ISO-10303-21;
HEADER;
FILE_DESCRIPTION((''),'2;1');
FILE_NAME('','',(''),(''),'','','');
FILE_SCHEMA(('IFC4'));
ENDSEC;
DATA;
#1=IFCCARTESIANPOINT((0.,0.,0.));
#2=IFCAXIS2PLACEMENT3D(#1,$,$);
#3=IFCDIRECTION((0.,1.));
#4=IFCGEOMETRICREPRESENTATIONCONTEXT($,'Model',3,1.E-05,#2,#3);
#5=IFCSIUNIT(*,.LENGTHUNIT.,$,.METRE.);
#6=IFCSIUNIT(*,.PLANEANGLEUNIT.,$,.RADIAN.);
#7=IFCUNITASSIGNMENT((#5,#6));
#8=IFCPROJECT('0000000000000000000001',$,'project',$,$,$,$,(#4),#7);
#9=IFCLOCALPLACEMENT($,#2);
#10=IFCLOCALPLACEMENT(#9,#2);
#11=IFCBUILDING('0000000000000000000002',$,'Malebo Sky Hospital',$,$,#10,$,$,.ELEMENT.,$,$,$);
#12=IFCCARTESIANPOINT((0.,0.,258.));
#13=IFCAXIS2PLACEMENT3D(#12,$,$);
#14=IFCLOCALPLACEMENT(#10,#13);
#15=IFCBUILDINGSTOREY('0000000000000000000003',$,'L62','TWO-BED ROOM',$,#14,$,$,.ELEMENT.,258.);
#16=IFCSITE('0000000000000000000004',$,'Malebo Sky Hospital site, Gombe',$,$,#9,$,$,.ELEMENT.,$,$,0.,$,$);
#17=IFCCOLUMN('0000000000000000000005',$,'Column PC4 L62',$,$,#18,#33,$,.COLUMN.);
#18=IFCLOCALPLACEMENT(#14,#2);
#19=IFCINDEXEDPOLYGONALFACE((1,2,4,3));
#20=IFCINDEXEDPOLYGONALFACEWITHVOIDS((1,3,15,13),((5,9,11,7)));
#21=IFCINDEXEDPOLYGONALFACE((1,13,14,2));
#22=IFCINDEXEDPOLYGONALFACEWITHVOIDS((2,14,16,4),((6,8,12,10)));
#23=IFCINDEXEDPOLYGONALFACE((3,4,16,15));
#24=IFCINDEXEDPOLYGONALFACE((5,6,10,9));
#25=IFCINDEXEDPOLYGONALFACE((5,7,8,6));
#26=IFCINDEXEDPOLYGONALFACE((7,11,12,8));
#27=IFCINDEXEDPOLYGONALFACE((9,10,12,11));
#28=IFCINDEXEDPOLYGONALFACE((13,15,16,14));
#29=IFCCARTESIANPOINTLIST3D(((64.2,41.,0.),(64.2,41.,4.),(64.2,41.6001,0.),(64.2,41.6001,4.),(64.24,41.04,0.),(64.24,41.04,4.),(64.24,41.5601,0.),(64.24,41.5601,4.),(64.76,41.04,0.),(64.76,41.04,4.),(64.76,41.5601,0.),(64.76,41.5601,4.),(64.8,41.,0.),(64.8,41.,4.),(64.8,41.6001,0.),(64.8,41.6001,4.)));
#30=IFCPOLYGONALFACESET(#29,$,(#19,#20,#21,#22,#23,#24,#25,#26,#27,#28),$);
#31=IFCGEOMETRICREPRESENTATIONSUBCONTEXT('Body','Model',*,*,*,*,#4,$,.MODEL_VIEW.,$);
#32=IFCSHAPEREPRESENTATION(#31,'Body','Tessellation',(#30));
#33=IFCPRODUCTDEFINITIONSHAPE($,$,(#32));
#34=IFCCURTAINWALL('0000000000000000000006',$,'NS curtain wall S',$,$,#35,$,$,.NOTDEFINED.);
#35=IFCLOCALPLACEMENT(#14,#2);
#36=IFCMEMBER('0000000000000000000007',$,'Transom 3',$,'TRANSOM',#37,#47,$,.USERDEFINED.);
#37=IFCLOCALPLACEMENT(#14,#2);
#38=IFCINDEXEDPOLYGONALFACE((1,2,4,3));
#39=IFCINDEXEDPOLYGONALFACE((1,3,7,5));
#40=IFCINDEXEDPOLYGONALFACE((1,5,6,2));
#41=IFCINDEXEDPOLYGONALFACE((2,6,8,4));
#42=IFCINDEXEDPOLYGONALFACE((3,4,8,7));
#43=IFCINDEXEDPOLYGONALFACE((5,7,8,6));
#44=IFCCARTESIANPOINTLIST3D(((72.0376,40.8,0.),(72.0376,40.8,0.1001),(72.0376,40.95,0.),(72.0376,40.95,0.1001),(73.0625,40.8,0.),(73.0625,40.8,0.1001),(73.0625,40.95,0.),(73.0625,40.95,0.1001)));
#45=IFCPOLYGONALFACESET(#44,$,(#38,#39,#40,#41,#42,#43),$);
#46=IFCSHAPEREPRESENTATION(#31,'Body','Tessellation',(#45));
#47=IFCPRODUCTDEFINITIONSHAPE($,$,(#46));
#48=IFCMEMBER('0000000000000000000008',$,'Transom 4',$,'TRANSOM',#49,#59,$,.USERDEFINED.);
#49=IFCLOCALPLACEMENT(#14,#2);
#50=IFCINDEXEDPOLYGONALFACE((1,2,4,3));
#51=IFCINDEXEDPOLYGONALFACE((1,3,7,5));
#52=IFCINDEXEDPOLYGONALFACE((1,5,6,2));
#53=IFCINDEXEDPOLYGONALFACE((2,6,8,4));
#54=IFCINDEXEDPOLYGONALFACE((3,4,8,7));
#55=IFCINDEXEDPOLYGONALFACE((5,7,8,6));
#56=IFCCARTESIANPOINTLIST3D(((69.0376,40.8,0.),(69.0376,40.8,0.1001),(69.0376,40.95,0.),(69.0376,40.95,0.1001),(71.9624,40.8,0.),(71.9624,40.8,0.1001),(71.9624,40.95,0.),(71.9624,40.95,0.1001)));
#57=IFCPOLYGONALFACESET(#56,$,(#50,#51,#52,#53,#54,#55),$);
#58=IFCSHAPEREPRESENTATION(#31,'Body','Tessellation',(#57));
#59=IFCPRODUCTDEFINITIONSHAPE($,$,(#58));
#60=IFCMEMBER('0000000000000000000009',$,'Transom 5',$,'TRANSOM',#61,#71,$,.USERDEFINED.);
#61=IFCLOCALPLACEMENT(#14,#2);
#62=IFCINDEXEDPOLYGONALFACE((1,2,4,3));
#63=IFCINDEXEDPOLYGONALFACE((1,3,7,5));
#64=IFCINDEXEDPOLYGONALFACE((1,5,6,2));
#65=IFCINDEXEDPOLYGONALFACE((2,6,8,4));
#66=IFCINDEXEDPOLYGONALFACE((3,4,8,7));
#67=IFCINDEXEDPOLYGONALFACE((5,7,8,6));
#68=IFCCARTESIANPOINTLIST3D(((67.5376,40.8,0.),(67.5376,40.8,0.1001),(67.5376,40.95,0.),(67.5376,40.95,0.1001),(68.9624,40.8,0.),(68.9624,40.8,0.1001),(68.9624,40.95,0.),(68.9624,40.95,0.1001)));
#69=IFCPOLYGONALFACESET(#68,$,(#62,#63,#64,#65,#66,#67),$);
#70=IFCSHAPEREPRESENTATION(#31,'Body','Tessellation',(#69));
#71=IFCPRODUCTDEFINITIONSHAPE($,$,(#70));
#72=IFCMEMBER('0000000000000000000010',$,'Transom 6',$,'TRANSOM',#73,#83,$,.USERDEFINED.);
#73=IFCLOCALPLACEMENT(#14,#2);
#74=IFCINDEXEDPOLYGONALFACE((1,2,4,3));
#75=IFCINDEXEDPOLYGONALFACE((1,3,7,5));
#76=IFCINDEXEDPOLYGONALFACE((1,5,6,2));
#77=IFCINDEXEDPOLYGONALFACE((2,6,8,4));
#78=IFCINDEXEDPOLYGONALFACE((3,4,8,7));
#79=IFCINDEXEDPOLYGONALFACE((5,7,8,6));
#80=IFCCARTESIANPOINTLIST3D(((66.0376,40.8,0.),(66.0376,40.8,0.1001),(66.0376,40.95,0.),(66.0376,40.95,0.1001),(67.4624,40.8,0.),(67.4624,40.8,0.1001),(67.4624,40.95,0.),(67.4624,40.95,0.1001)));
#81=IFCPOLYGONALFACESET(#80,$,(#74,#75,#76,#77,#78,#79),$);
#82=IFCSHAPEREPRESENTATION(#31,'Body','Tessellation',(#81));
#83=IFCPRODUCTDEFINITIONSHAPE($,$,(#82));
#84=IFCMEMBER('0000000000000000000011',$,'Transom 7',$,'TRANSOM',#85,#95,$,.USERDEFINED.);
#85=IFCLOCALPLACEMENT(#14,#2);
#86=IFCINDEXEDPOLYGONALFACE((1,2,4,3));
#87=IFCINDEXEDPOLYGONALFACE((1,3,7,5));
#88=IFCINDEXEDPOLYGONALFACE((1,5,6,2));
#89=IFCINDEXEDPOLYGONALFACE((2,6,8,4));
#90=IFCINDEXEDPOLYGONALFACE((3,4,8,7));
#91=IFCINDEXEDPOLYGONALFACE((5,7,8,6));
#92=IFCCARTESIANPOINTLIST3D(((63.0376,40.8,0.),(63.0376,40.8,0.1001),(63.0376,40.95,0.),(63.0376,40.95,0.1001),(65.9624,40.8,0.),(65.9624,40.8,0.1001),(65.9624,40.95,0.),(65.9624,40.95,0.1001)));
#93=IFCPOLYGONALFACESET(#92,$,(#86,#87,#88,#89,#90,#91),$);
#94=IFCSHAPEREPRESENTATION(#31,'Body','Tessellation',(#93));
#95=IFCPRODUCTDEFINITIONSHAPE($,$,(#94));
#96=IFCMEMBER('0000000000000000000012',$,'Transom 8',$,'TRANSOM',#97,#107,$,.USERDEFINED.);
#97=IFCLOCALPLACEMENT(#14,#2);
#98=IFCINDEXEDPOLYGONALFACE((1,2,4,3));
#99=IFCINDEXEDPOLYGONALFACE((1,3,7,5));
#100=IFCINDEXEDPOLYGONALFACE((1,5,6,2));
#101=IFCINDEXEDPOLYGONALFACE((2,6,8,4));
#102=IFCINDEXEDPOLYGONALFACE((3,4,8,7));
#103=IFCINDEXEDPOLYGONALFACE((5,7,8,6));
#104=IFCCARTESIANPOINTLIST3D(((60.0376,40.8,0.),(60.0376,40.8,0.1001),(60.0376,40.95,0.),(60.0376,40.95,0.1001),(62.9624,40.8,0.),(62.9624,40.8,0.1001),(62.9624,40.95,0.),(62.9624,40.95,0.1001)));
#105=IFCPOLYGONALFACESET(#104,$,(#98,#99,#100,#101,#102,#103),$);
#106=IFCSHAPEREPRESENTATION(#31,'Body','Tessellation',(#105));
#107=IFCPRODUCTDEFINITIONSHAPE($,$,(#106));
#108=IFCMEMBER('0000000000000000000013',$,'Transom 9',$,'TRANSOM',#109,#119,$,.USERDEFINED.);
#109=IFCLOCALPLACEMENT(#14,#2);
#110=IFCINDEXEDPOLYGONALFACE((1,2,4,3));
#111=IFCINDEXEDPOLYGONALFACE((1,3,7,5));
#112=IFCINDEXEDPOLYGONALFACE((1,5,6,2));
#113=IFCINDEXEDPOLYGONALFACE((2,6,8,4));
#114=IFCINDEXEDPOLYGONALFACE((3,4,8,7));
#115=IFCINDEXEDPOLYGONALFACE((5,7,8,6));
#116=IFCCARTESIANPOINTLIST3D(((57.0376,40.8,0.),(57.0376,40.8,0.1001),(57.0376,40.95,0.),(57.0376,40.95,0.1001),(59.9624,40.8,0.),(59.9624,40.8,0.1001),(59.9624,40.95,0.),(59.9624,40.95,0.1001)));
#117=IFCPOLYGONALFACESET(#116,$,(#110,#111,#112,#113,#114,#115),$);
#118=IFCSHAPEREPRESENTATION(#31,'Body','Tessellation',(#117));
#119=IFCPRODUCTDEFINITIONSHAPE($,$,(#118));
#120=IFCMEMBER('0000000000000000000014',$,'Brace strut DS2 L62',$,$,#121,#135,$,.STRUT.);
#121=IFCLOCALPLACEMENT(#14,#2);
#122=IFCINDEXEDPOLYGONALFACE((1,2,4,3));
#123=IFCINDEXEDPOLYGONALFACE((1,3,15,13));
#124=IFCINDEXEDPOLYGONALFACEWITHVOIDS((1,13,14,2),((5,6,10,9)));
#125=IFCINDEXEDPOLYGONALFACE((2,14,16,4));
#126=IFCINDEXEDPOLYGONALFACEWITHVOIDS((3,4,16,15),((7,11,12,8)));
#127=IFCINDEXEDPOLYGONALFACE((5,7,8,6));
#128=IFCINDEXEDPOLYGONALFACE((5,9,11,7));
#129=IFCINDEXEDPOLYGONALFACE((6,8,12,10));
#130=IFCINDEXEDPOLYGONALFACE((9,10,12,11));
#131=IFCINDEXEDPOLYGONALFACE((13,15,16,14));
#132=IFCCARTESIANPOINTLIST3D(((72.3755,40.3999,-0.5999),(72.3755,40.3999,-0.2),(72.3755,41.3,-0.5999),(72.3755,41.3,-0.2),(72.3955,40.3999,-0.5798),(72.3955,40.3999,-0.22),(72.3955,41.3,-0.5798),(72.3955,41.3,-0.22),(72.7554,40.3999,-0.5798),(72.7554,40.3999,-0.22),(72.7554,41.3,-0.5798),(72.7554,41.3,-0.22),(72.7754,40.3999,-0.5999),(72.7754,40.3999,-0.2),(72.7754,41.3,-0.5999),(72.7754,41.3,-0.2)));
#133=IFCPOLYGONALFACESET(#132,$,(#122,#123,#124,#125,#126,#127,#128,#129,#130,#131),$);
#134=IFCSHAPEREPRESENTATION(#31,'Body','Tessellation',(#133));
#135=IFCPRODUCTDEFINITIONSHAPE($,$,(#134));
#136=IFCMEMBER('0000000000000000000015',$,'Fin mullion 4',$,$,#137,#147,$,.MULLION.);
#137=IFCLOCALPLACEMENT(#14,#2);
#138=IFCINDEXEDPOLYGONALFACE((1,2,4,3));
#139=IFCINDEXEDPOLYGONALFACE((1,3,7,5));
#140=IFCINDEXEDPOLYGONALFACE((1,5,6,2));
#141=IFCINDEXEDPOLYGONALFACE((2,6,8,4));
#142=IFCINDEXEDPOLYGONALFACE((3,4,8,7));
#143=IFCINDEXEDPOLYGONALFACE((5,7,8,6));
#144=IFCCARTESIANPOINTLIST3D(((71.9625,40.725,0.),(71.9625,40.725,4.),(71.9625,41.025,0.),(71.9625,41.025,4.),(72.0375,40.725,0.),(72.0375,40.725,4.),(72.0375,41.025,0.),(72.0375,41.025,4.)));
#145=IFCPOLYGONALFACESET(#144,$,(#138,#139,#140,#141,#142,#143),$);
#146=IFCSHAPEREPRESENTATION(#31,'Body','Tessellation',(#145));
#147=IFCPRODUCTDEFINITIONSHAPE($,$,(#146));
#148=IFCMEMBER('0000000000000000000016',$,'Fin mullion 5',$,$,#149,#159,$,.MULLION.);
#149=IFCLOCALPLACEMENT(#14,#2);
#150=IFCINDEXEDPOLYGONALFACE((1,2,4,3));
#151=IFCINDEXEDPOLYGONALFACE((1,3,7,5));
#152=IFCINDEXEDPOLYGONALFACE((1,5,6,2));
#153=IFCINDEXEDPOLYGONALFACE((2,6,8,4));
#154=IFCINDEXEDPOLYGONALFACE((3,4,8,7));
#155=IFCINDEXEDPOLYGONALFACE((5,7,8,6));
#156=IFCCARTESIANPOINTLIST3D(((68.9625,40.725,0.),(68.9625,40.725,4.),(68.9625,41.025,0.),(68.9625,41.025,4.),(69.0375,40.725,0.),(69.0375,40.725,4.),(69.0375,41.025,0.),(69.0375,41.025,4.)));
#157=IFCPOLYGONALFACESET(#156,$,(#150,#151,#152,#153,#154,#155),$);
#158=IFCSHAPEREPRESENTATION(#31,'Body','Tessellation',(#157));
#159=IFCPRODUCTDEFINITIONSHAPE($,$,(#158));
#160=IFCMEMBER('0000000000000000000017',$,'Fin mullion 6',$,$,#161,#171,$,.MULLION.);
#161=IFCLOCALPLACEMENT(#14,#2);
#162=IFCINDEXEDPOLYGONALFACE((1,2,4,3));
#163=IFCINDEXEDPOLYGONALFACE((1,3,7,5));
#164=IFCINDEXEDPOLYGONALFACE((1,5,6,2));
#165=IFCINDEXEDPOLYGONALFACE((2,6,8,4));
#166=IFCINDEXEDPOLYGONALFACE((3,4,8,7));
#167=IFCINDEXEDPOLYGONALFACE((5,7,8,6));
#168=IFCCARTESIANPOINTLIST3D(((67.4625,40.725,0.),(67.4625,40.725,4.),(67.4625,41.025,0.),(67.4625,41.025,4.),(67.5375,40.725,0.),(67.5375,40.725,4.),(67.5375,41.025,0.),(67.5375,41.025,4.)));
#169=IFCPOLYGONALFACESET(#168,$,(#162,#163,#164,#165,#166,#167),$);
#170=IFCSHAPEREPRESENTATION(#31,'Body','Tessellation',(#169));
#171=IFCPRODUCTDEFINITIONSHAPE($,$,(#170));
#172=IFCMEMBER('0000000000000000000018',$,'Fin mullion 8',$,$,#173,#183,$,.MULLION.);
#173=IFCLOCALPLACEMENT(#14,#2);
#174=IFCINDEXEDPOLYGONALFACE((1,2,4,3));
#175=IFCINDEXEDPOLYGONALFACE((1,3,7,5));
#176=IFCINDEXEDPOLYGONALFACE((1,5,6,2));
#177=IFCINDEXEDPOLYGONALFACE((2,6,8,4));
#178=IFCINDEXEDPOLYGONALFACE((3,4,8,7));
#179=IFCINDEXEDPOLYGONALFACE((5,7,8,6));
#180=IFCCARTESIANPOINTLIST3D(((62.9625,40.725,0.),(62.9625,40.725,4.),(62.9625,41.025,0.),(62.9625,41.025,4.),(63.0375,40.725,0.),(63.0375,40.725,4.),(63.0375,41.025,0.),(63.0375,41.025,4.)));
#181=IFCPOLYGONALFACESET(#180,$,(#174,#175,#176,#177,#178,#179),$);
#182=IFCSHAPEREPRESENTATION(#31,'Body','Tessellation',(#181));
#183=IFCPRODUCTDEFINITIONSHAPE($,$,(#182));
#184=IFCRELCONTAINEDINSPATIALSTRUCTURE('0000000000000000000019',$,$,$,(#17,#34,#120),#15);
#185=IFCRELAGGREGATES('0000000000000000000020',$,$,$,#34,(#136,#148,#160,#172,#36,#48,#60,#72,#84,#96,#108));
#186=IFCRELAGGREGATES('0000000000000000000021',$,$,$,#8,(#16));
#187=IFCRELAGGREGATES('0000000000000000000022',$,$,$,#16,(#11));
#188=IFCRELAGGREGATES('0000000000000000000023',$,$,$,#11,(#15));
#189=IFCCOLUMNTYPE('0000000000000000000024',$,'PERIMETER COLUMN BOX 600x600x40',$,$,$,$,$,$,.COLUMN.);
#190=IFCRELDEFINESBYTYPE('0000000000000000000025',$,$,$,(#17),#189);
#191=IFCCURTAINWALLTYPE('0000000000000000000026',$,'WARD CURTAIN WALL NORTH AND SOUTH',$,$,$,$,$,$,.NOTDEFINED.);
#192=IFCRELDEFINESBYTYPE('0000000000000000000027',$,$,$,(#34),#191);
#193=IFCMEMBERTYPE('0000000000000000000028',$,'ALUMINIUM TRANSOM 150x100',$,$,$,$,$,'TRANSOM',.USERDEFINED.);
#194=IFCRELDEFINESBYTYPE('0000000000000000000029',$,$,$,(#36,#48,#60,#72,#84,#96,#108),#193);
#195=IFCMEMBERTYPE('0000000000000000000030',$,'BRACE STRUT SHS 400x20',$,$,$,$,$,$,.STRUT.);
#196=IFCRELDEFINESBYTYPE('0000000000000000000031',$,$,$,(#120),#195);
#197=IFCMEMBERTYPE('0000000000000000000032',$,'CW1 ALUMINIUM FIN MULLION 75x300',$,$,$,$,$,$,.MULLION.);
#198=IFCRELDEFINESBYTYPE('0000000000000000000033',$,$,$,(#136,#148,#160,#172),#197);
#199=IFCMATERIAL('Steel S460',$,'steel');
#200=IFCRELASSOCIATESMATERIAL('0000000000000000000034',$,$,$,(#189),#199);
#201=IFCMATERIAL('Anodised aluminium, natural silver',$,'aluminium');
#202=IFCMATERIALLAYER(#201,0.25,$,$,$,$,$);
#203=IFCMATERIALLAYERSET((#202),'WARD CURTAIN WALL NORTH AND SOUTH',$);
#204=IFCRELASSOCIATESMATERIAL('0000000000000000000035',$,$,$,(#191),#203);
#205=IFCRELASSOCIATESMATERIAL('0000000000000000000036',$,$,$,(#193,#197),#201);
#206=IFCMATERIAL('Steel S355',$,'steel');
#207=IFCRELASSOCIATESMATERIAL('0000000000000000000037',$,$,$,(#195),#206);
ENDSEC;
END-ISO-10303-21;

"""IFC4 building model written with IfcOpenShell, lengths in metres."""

from ifc_helpers import new_model, si_unit, direction, frame, origin, origin_2d, place, context, subcontext, project, spatial, rectangle, hollow_rectangle, extrude, material, layer, layer_set, material_profile, profile_set, type_object, element, aggregate, save


model = new_model("IFC4")

# Units and contexts
model_context = context("Model", 3, precision=1e-05, world=origin(), true_north=direction((0.0, 1.0)))
body_context = subcontext(model_context, "Body", "Model", "MODEL_VIEW")
ifc_project = project(units=[si_unit("LENGTHUNIT", "METRE"), si_unit("PLANEANGLEUNIT", "RADIAN")], contexts=[model_context])

# Site, building, storey
site_placement = place(None, origin())
site = spatial("IfcSite", under=ifc_project, at=site_placement, Name="Malebo Sky Hospital site, Gombe", CompositionType="ELEMENT", RefElevation=0.0)
building_placement = place(site_placement, origin())
building = spatial("IfcBuilding", under=site, at=building_placement, Name="Malebo Sky Hospital", CompositionType="ELEMENT")
storey_placement = place(building_placement, frame((0.0, 0.0, 258.0)))
storey = spatial("IfcBuildingStorey", under=building, at=storey_placement, Name="L62", Description="TWO-BED ROOM", CompositionType="ELEMENT", Elevation=258.0)

# Column
ifc_material_1 = material(Name="Steel S460", Category="steel")
ifc_material_profile_1 = material_profile(ifc_material_1, hollow_rectangle(XDim=0.6001, YDim=0.6001, WallThickness=0.04, at=origin_2d()), Name="BOX 600x600x40")
ifc_profile_set_1 = profile_set([ifc_material_profile_1], Name="Steel S460")
column_type = type_object("IfcColumnType", Name="PERIMETER COLUMN BOX 600x600x40", PredefinedType="COLUMN", material=ifc_profile_set_1)
column_placement = place(storey_placement, frame((64.5, 41.3, 0.0), z_axis=(0.0, 0.0, 1.0), x_axis=(1.0, 0.0, 0.0)))
element("IfcColumn", 1, at=column_placement, inside=storey, type_object=column_type, Name="Column PC4 L62", PredefinedType="COLUMN", context=body_context, shape_type="SweptSolid", body=[
    extrude(hollow_rectangle(XDim=0.6001, YDim=0.6001, WallThickness=0.04, at=origin_2d()), origin(), (0.0, 0.0, 1.0), 4.0),
])

# Curtain wall, members
ifc_material_2 = material(Name="Anodised aluminium, natural silver", Category="aluminium")
ifc_layer_1 = layer(ifc_material_2, 0.25)
ifc_layer_set_1 = layer_set([ifc_layer_1], Name="WARD CURTAIN WALL NORTH AND SOUTH")
curtain_wall_type = type_object("IfcCurtainWallType", Name="WARD CURTAIN WALL NORTH AND SOUTH", PredefinedType="NOTDEFINED", material=ifc_layer_set_1)
curtain_wall_placement = place(storey_placement, origin())
curtain_wall = element("IfcCurtainWall", 2, at=curtain_wall_placement, inside=storey, type_object=curtain_wall_type, Name="NS curtain wall S", PredefinedType="NOTDEFINED")
ifc_material_profile_2 = material_profile(ifc_material_2, rectangle(XDim=0.1499, YDim=0.1001, at=origin_2d()), Name="ALUMINIUM TRANSOM 150x100")
ifc_profile_set_2 = profile_set([ifc_material_profile_2], Name="Anodised aluminium, natural silver")
member_type_1 = type_object("IfcMemberType", Name="ALUMINIUM TRANSOM 150x100", ElementType="TRANSOM", PredefinedType="USERDEFINED", material=ifc_profile_set_2)
member_1_placement = place(storey_placement, frame((73.0625, 40.875, 0.05), z_axis=(-1.0, 0.0, 0.0), x_axis=(0.0, -1.0, 0.0)))
member_1 = element("IfcMember", 3, at=member_1_placement, type_object=member_type_1, Name="Transom 3", ObjectType="TRANSOM", PredefinedType="USERDEFINED", context=body_context, shape_type="SweptSolid", body=[
    extrude(rectangle(XDim=0.1499, YDim=0.1001, at=origin_2d()), origin(), (0.0, 0.0, 1.0), 1.0249),
])
member_2_placement = place(storey_placement, frame((71.9624, 40.875, 0.05), z_axis=(-1.0, 0.0, 0.0), x_axis=(0.0, -1.0, 0.0)))
member_2 = element("IfcMember", 4, at=member_2_placement, type_object=member_type_1, Name="Transom 4", ObjectType="TRANSOM", PredefinedType="USERDEFINED", context=body_context, shape_type="SweptSolid", body=[
    extrude(rectangle(XDim=0.1499, YDim=0.1001, at=origin_2d()), origin(), (0.0, 0.0, 1.0), 2.9248),
])
member_3_placement = place(storey_placement, frame((68.9624, 40.875, 0.05), z_axis=(-1.0, 0.0, 0.0), x_axis=(0.0, -1.0, 0.0)))
member_3 = element("IfcMember", 5, at=member_3_placement, type_object=member_type_1, Name="Transom 5", ObjectType="TRANSOM", PredefinedType="USERDEFINED", context=body_context, shape_type="SweptSolid", body=[
    extrude(rectangle(XDim=0.1499, YDim=0.1001, at=origin_2d()), origin(), (0.0, 0.0, 1.0), 1.4248),
])
member_4_placement = place(storey_placement, frame((67.4624, 40.875, 0.05), z_axis=(-1.0, 0.0, 0.0), x_axis=(0.0, -1.0, 0.0)))
member_4 = element("IfcMember", 6, at=member_4_placement, type_object=member_type_1, Name="Transom 6", ObjectType="TRANSOM", PredefinedType="USERDEFINED", context=body_context, shape_type="SweptSolid", body=[
    extrude(rectangle(XDim=0.1499, YDim=0.1001, at=origin_2d()), origin(), (0.0, 0.0, 1.0), 1.4248),
])
member_5_placement = place(storey_placement, frame((65.9624, 40.875, 0.05), z_axis=(-1.0, 0.0, 0.0), x_axis=(0.0, -1.0, 0.0)))
member_5 = element("IfcMember", 7, at=member_5_placement, type_object=member_type_1, Name="Transom 7", ObjectType="TRANSOM", PredefinedType="USERDEFINED", context=body_context, shape_type="SweptSolid", body=[
    extrude(rectangle(XDim=0.1499, YDim=0.1001, at=origin_2d()), origin(), (0.0, 0.0, 1.0), 2.9248),
])
member_6_placement = place(storey_placement, frame((62.9624, 40.875, 0.05), z_axis=(-1.0, 0.0, 0.0), x_axis=(0.0, -1.0, 0.0)))
member_6 = element("IfcMember", 8, at=member_6_placement, type_object=member_type_1, Name="Transom 8", ObjectType="TRANSOM", PredefinedType="USERDEFINED", context=body_context, shape_type="SweptSolid", body=[
    extrude(rectangle(XDim=0.1499, YDim=0.1001, at=origin_2d()), origin(), (0.0, 0.0, 1.0), 2.9248),
])
member_7_placement = place(storey_placement, frame((59.9624, 40.875, 0.05), z_axis=(-1.0, 0.0, 0.0), x_axis=(0.0, -1.0, 0.0)))
member_7 = element("IfcMember", 9, at=member_7_placement, type_object=member_type_1, Name="Transom 9", ObjectType="TRANSOM", PredefinedType="USERDEFINED", context=body_context, shape_type="SweptSolid", body=[
    extrude(rectangle(XDim=0.1499, YDim=0.1001, at=origin_2d()), origin(), (0.0, 0.0, 1.0), 2.9248),
])

# Members
ifc_material_3 = material(Name="Steel S355", Category="steel")
ifc_material_profile_3 = material_profile(ifc_material_3, hollow_rectangle(XDim=0.3999, YDim=0.3999, WallThickness=0.02, at=origin_2d()), Name="SHS 400x20")
ifc_profile_set_3 = profile_set([ifc_material_profile_3], Name="Steel S355")
member_type_2 = type_object("IfcMemberType", Name="BRACE STRUT SHS 400x20", PredefinedType="STRUT", material=ifc_profile_set_3)
member_8_placement = place(storey_placement, frame((72.5754, 40.3999, -0.3999), z_axis=(0.0, 1.0, 0.0), x_axis=(-1.0, 0.0, 0.0)))
element("IfcMember", 10, at=member_8_placement, inside=storey, type_object=member_type_2, Name="Brace strut DS2 L62", PredefinedType="STRUT", context=body_context, shape_type="SweptSolid", body=[
    extrude(hollow_rectangle(XDim=0.3999, YDim=0.3999, WallThickness=0.02, at=origin_2d()), origin(), (0.0, 0.0, 1.0), 0.9001),
])
ifc_material_profile_4 = material_profile(ifc_material_2, rectangle(XDim=0.075, YDim=0.3, at=origin_2d()), Name="CW1 ALUMINIUM FIN MULLION 75x300")
ifc_profile_set_4 = profile_set([ifc_material_profile_4], Name="Anodised aluminium, natural silver")
member_type_3 = type_object("IfcMemberType", Name="CW1 ALUMINIUM FIN MULLION 75x300", PredefinedType="MULLION", material=ifc_profile_set_4)
member_9_placement = place(storey_placement, frame((72.0, 40.875, 0.0), z_axis=(0.0, 0.0, 1.0), x_axis=(-1.0, 0.0, 0.0)))
member_9 = element("IfcMember", 11, at=member_9_placement, type_object=member_type_3, Name="Fin mullion 4", PredefinedType="MULLION", context=body_context, shape_type="SweptSolid", body=[
    extrude(rectangle(XDim=0.075, YDim=0.3, at=origin_2d()), origin(), (0.0, 0.0, 1.0), 4.0),
])
member_10_placement = place(storey_placement, frame((69.0, 40.875, 0.0), z_axis=(0.0, 0.0, 1.0), x_axis=(-1.0, 0.0, 0.0)))
member_10 = element("IfcMember", 12, at=member_10_placement, type_object=member_type_3, Name="Fin mullion 5", PredefinedType="MULLION", context=body_context, shape_type="SweptSolid", body=[
    extrude(rectangle(XDim=0.075, YDim=0.3, at=origin_2d()), origin(), (0.0, 0.0, 1.0), 4.0),
])
member_11_placement = place(storey_placement, frame((67.5, 40.875, 0.0), z_axis=(0.0, 0.0, 1.0), x_axis=(-1.0, 0.0, 0.0)))
member_11 = element("IfcMember", 13, at=member_11_placement, type_object=member_type_3, Name="Fin mullion 6", PredefinedType="MULLION", context=body_context, shape_type="SweptSolid", body=[
    extrude(rectangle(XDim=0.075, YDim=0.3, at=origin_2d()), origin(), (0.0, 0.0, 1.0), 4.0),
])
member_12_placement = place(storey_placement, frame((63.0, 40.875, 0.0), z_axis=(0.0, 0.0, 1.0), x_axis=(-1.0, 0.0, 0.0)))
member_12 = element("IfcMember", 14, at=member_12_placement, type_object=member_type_3, Name="Fin mullion 8", PredefinedType="MULLION", context=body_context, shape_type="SweptSolid", body=[
    extrude(rectangle(XDim=0.075, YDim=0.3, at=origin_2d()), origin(), (0.0, 0.0, 1.0), 4.0),
])

aggregate(curtain_wall, [member_9, member_10, member_11, member_12, member_1, member_2, member_3, member_4, member_5, member_6, member_7])

save(model, "model.ifc")
